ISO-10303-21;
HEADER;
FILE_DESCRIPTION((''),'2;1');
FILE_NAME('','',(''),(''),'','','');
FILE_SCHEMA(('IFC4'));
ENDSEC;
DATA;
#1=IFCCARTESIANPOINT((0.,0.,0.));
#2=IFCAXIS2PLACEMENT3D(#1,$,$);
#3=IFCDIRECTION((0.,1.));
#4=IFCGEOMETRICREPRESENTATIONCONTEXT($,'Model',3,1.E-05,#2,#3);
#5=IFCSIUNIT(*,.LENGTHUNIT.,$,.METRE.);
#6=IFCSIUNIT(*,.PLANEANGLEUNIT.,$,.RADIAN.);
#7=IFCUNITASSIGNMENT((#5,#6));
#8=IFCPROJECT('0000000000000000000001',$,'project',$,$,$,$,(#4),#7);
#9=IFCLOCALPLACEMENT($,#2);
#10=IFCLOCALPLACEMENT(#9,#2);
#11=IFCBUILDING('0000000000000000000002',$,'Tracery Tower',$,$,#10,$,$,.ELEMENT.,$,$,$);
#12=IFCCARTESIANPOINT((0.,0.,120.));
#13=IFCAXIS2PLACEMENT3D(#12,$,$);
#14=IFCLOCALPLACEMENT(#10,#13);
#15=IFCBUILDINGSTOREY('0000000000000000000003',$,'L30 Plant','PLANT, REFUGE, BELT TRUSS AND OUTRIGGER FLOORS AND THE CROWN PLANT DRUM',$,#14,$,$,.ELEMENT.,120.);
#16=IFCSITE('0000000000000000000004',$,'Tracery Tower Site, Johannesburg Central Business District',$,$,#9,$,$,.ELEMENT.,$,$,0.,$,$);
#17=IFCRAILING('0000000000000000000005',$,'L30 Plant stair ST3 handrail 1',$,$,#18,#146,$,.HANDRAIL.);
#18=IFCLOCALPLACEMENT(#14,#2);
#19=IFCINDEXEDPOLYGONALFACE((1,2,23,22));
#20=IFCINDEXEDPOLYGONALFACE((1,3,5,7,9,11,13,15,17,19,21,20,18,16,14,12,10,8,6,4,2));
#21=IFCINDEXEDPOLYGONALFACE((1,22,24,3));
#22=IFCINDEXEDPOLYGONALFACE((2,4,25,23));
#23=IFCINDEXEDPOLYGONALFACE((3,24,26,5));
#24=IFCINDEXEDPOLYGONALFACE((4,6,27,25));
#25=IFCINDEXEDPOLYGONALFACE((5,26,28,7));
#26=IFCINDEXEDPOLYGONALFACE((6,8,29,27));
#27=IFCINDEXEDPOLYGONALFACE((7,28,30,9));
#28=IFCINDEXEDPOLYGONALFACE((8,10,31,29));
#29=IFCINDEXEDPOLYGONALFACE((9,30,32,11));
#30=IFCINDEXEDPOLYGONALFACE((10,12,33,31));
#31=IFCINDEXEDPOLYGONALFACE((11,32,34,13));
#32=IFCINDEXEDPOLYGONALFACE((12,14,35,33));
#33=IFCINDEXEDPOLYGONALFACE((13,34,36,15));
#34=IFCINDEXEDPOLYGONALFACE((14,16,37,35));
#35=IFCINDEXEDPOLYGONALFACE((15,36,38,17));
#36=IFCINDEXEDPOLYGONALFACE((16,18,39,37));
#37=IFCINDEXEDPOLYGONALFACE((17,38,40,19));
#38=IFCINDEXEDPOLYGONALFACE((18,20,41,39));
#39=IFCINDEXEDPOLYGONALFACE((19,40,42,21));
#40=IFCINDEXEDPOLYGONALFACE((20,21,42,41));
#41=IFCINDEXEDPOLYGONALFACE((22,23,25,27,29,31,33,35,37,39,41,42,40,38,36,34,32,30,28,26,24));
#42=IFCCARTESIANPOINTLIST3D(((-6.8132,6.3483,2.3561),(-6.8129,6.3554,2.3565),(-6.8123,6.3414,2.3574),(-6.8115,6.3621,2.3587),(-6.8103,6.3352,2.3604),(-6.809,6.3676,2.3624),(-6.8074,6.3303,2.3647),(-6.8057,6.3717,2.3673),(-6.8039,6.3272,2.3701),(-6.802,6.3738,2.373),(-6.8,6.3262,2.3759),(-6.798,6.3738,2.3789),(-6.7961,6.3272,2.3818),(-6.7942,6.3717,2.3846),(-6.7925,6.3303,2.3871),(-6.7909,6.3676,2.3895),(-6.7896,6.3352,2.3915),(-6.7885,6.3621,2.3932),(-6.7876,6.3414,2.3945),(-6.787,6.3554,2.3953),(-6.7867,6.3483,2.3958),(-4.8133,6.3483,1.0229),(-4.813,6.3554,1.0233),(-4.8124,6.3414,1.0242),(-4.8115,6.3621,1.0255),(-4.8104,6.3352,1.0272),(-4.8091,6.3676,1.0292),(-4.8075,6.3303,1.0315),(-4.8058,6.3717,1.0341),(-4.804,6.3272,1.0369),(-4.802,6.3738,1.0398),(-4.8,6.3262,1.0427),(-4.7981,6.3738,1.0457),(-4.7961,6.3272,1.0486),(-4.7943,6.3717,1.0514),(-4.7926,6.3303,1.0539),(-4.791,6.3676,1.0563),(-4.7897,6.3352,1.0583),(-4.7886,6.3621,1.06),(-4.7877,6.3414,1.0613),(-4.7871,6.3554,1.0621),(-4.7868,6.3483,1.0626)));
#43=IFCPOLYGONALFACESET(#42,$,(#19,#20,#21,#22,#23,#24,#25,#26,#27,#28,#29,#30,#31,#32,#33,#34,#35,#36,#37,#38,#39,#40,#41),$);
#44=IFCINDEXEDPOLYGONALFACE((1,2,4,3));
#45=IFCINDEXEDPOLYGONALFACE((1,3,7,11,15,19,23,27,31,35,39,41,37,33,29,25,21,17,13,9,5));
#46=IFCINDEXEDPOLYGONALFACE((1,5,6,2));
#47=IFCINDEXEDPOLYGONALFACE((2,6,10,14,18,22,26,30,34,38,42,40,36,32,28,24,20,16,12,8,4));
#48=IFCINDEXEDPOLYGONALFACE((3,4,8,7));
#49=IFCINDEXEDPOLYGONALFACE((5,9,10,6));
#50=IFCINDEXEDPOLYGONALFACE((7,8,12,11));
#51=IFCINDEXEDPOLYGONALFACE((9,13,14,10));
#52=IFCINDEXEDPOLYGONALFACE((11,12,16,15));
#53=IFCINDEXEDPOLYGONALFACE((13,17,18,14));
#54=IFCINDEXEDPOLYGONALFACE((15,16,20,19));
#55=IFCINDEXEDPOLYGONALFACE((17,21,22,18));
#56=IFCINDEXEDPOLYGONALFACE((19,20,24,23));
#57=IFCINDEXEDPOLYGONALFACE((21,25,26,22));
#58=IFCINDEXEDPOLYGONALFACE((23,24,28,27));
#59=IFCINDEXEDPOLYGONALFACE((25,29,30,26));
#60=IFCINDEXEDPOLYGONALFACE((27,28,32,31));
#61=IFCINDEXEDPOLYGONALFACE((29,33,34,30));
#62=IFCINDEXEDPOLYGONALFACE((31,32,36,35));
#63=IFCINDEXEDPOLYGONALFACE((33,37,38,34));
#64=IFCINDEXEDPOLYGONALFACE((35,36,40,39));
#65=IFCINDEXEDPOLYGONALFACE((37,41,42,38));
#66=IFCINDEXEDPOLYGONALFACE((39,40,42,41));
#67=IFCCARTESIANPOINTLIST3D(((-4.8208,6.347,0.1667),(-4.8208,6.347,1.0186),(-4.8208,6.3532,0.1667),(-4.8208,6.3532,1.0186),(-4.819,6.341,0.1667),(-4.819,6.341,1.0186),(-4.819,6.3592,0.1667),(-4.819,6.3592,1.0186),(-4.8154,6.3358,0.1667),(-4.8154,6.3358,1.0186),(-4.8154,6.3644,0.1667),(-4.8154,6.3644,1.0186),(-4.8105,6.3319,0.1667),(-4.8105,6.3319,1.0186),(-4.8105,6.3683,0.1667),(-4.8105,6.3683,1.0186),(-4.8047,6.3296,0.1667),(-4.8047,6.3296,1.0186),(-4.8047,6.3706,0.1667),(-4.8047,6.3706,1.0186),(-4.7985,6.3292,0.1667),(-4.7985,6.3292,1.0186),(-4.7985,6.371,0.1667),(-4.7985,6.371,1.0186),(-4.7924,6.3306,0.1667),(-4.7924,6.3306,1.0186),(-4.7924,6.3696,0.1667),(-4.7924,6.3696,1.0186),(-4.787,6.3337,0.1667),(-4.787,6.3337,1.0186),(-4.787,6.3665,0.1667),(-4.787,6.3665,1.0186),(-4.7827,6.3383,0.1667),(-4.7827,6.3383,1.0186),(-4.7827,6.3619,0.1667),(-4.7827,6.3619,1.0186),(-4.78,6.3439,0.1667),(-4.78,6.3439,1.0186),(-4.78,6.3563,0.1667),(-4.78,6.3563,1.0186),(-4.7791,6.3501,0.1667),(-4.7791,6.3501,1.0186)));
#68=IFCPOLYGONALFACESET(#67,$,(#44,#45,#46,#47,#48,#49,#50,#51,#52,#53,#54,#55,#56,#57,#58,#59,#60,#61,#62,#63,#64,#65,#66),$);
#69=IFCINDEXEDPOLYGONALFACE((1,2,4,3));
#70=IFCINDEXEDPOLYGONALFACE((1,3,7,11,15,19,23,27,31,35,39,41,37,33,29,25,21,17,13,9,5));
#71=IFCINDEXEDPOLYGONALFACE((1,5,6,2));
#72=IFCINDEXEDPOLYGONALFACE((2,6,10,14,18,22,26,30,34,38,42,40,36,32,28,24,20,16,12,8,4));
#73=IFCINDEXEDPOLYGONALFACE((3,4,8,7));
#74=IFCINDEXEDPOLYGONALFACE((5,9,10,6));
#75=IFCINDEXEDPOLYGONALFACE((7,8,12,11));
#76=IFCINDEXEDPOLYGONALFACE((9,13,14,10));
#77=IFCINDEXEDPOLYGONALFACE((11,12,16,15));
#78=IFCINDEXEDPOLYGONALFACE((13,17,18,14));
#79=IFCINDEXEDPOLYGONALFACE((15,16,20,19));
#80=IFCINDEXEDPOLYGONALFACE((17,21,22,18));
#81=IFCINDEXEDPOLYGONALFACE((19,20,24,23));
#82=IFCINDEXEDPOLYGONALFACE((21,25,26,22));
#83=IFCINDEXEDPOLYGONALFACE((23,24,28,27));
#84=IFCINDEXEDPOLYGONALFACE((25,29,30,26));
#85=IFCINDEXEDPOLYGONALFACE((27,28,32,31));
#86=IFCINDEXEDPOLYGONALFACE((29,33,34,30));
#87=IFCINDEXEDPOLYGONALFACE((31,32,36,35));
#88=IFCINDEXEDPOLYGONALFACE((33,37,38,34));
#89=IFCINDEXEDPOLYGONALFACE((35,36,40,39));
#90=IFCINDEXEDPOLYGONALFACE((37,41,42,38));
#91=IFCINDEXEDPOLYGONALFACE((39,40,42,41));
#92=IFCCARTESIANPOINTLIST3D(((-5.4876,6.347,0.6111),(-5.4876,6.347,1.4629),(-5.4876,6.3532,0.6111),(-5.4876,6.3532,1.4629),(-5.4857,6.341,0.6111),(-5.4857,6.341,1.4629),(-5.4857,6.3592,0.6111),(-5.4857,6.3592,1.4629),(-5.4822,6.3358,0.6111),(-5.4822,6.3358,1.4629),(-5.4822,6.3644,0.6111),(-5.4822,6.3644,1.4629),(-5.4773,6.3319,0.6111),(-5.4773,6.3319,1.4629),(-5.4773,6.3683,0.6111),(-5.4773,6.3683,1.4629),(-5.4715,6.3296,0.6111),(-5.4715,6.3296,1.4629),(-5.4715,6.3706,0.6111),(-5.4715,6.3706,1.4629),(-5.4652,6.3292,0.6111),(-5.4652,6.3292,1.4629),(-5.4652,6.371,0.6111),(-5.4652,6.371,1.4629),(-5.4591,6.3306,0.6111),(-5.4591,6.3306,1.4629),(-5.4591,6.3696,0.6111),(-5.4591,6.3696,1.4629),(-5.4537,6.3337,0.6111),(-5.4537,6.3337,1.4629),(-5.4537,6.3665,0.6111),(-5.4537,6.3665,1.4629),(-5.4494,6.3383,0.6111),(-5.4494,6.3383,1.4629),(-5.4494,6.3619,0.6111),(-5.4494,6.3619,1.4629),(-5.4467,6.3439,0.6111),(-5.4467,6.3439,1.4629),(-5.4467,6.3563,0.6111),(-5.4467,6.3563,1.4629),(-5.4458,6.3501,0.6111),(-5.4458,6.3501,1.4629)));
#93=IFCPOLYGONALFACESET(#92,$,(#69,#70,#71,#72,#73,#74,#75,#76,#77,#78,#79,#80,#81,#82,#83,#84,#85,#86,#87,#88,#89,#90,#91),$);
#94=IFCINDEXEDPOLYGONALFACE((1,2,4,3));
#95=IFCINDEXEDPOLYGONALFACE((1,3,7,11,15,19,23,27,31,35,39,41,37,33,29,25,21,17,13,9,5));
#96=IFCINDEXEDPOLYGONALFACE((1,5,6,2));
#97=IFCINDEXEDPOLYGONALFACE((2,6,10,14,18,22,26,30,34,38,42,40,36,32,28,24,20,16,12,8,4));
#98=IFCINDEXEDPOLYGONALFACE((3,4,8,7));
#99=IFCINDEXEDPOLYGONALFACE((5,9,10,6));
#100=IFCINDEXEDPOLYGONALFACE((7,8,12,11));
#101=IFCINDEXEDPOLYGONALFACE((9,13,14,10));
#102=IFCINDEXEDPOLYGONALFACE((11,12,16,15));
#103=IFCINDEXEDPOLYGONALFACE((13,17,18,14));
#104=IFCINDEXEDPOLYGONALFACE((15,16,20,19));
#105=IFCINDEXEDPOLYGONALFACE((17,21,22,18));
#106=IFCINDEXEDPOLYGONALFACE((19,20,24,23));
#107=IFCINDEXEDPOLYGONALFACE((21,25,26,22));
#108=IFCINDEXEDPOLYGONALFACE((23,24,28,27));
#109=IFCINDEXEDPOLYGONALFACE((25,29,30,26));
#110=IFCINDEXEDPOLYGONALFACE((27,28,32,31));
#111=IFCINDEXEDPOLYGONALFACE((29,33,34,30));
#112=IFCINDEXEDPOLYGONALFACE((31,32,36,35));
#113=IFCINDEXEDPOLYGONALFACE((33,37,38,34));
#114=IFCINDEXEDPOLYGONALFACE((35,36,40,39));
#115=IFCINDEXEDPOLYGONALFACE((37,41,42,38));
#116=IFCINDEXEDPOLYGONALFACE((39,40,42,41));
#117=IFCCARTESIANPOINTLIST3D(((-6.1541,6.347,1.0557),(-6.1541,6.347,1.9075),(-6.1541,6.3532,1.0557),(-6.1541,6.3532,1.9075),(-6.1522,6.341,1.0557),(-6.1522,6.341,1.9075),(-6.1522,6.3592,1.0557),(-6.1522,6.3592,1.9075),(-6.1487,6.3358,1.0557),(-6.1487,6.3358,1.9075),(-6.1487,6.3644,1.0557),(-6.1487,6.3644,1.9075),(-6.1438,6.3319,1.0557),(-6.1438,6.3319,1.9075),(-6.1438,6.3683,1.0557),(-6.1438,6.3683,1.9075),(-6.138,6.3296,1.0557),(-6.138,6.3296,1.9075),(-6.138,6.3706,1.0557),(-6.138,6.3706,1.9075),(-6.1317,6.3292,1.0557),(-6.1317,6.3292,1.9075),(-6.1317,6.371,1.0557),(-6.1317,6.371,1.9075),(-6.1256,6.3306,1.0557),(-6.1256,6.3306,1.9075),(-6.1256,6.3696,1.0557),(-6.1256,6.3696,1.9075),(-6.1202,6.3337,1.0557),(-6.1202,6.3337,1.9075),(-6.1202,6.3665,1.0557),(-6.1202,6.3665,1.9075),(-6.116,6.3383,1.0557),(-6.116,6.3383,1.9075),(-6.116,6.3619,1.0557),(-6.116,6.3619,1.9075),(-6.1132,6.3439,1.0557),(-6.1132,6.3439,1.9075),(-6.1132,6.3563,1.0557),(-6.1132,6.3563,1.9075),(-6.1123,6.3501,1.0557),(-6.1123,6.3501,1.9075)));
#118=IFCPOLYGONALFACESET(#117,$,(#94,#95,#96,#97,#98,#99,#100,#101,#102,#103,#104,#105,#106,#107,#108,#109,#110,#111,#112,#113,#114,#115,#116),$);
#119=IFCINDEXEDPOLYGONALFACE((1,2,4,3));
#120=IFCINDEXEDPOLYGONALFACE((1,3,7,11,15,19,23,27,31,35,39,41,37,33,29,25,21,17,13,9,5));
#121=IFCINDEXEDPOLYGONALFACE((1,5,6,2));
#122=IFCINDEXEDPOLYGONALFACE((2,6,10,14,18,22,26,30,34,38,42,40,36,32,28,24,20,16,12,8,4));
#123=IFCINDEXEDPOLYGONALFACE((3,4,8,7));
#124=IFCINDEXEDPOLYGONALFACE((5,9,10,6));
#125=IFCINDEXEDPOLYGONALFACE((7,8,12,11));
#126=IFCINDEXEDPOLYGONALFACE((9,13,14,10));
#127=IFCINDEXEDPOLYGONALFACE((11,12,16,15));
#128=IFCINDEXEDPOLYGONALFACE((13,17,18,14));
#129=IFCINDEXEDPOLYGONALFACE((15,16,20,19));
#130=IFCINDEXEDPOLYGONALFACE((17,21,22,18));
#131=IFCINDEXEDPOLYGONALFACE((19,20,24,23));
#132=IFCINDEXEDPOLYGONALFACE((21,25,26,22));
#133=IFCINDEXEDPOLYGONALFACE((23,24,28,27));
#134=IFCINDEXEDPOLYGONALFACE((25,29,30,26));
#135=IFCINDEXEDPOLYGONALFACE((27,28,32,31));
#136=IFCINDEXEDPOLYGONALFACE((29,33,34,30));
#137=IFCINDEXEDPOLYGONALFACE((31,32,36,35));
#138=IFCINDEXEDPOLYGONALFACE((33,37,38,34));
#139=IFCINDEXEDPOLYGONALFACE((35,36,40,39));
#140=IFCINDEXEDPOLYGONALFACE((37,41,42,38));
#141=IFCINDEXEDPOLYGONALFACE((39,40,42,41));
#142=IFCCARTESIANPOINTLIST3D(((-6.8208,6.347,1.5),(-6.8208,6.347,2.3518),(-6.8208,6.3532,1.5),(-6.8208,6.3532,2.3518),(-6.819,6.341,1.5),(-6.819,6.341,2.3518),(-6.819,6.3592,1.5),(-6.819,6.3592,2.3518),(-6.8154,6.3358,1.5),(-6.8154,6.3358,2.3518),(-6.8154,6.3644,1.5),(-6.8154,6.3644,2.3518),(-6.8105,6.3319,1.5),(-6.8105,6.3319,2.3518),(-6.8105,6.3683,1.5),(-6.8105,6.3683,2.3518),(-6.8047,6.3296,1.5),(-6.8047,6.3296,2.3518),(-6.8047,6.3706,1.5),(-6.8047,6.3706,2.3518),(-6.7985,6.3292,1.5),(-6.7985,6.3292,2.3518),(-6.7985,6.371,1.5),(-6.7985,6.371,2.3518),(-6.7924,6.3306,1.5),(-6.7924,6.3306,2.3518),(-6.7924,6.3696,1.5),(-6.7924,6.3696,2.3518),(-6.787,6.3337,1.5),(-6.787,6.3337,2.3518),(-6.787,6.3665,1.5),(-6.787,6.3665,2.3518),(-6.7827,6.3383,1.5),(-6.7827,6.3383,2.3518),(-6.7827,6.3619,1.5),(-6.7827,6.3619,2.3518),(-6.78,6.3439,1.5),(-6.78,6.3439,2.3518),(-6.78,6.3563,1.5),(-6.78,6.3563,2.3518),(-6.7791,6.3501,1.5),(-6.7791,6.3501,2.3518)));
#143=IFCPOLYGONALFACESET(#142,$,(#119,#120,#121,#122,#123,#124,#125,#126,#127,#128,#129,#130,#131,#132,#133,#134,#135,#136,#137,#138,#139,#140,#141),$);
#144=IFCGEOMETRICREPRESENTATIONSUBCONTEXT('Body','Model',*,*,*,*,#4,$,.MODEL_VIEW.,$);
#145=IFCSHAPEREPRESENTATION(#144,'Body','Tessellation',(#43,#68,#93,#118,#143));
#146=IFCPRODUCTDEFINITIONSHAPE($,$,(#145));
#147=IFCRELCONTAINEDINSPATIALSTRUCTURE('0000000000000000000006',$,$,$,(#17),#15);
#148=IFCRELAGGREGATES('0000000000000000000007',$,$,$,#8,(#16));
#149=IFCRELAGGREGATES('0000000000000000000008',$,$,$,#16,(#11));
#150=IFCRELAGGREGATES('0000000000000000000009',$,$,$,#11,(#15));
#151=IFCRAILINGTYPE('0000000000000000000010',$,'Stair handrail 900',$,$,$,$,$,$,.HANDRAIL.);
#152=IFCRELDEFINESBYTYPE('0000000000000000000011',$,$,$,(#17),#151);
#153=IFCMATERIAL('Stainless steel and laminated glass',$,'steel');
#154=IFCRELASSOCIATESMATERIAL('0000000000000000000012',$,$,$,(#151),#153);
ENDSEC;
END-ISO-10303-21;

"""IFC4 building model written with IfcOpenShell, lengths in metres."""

from ifc_helpers import new_model, si_unit, direction, frame, origin, origin_2d, place, context, subcontext, project, spatial, circle, extrude, material, type_object, element, save


model = new_model("IFC4")

# Units and contexts
model_context = context("Model", 3, precision=1e-05, world=origin(), true_north=direction((0.0, 1.0)))
body_context = subcontext(model_context, "Body", "Model", "MODEL_VIEW")
ifc_project = project(units=[si_unit("LENGTHUNIT", "METRE"), si_unit("PLANEANGLEUNIT", "RADIAN")], contexts=[model_context])

# Site, building, storey
site_placement = place(None, origin())
site = spatial("IfcSite", under=ifc_project, at=site_placement, Name="Tracery Tower Site, Johannesburg Central Business District", CompositionType="ELEMENT", RefElevation=0.0)
building_placement = place(site_placement, origin())
building = spatial("IfcBuilding", under=site, at=building_placement, Name="Tracery Tower", CompositionType="ELEMENT")
storey_placement = place(building_placement, frame((0.0, 0.0, 120.0)))
storey = spatial("IfcBuildingStorey", under=building, at=storey_placement, Name="L30 Plant", Description="PLANT, REFUGE, BELT TRUSS AND OUTRIGGER FLOORS AND THE CROWN PLANT DRUM", CompositionType="ELEMENT", Elevation=120.0)

# Railing
ifc_material_1 = material(Name="Stainless steel and laminated glass", Category="steel")
railing_type_1 = type_object("IfcRailingType", Name="Stair handrail 900", PredefinedType="HANDRAIL", material=ifc_material_1)
railing_1_placement = place(storey_placement, frame((-4.8, 6.3501, 0.1667)))
element("IfcRailing", 1, at=railing_1_placement, inside=storey, type_object=railing_type_1, Name="L30 Plant stair ST3 handrail 1", PredefinedType="HANDRAIL", context=body_context, shape_type="SweptSolid", body=[
    extrude(circle(Radius=0.0239, at=origin_2d()), frame((0.0, 0.0, 0.876), z_axis=(-0.832066, 0.0, 0.554677), x_axis=(0.0, -1.0, 0.0)), (0.0, 0.0, 1.0), 2.4036),
    extrude(circle(Radius=0.021, at=origin_2d()), origin(), (0.0, 0.0, 1.0), 0.8518),
    extrude(circle(Radius=0.021, at=origin_2d()), frame((-0.6667, 0.0, 0.4443)), (0.0, 0.0, 1.0), 0.8518),
    extrude(circle(Radius=0.021, at=origin_2d()), frame((-1.3333, 0.0, 0.8889)), (0.0, 0.0, 1.0), 0.8518),
    extrude(circle(Radius=0.021, at=origin_2d()), frame((-2.0, 0.0, 1.3333)), (0.0, 0.0, 1.0), 0.8518),
])

save(model, "model.ifc")
